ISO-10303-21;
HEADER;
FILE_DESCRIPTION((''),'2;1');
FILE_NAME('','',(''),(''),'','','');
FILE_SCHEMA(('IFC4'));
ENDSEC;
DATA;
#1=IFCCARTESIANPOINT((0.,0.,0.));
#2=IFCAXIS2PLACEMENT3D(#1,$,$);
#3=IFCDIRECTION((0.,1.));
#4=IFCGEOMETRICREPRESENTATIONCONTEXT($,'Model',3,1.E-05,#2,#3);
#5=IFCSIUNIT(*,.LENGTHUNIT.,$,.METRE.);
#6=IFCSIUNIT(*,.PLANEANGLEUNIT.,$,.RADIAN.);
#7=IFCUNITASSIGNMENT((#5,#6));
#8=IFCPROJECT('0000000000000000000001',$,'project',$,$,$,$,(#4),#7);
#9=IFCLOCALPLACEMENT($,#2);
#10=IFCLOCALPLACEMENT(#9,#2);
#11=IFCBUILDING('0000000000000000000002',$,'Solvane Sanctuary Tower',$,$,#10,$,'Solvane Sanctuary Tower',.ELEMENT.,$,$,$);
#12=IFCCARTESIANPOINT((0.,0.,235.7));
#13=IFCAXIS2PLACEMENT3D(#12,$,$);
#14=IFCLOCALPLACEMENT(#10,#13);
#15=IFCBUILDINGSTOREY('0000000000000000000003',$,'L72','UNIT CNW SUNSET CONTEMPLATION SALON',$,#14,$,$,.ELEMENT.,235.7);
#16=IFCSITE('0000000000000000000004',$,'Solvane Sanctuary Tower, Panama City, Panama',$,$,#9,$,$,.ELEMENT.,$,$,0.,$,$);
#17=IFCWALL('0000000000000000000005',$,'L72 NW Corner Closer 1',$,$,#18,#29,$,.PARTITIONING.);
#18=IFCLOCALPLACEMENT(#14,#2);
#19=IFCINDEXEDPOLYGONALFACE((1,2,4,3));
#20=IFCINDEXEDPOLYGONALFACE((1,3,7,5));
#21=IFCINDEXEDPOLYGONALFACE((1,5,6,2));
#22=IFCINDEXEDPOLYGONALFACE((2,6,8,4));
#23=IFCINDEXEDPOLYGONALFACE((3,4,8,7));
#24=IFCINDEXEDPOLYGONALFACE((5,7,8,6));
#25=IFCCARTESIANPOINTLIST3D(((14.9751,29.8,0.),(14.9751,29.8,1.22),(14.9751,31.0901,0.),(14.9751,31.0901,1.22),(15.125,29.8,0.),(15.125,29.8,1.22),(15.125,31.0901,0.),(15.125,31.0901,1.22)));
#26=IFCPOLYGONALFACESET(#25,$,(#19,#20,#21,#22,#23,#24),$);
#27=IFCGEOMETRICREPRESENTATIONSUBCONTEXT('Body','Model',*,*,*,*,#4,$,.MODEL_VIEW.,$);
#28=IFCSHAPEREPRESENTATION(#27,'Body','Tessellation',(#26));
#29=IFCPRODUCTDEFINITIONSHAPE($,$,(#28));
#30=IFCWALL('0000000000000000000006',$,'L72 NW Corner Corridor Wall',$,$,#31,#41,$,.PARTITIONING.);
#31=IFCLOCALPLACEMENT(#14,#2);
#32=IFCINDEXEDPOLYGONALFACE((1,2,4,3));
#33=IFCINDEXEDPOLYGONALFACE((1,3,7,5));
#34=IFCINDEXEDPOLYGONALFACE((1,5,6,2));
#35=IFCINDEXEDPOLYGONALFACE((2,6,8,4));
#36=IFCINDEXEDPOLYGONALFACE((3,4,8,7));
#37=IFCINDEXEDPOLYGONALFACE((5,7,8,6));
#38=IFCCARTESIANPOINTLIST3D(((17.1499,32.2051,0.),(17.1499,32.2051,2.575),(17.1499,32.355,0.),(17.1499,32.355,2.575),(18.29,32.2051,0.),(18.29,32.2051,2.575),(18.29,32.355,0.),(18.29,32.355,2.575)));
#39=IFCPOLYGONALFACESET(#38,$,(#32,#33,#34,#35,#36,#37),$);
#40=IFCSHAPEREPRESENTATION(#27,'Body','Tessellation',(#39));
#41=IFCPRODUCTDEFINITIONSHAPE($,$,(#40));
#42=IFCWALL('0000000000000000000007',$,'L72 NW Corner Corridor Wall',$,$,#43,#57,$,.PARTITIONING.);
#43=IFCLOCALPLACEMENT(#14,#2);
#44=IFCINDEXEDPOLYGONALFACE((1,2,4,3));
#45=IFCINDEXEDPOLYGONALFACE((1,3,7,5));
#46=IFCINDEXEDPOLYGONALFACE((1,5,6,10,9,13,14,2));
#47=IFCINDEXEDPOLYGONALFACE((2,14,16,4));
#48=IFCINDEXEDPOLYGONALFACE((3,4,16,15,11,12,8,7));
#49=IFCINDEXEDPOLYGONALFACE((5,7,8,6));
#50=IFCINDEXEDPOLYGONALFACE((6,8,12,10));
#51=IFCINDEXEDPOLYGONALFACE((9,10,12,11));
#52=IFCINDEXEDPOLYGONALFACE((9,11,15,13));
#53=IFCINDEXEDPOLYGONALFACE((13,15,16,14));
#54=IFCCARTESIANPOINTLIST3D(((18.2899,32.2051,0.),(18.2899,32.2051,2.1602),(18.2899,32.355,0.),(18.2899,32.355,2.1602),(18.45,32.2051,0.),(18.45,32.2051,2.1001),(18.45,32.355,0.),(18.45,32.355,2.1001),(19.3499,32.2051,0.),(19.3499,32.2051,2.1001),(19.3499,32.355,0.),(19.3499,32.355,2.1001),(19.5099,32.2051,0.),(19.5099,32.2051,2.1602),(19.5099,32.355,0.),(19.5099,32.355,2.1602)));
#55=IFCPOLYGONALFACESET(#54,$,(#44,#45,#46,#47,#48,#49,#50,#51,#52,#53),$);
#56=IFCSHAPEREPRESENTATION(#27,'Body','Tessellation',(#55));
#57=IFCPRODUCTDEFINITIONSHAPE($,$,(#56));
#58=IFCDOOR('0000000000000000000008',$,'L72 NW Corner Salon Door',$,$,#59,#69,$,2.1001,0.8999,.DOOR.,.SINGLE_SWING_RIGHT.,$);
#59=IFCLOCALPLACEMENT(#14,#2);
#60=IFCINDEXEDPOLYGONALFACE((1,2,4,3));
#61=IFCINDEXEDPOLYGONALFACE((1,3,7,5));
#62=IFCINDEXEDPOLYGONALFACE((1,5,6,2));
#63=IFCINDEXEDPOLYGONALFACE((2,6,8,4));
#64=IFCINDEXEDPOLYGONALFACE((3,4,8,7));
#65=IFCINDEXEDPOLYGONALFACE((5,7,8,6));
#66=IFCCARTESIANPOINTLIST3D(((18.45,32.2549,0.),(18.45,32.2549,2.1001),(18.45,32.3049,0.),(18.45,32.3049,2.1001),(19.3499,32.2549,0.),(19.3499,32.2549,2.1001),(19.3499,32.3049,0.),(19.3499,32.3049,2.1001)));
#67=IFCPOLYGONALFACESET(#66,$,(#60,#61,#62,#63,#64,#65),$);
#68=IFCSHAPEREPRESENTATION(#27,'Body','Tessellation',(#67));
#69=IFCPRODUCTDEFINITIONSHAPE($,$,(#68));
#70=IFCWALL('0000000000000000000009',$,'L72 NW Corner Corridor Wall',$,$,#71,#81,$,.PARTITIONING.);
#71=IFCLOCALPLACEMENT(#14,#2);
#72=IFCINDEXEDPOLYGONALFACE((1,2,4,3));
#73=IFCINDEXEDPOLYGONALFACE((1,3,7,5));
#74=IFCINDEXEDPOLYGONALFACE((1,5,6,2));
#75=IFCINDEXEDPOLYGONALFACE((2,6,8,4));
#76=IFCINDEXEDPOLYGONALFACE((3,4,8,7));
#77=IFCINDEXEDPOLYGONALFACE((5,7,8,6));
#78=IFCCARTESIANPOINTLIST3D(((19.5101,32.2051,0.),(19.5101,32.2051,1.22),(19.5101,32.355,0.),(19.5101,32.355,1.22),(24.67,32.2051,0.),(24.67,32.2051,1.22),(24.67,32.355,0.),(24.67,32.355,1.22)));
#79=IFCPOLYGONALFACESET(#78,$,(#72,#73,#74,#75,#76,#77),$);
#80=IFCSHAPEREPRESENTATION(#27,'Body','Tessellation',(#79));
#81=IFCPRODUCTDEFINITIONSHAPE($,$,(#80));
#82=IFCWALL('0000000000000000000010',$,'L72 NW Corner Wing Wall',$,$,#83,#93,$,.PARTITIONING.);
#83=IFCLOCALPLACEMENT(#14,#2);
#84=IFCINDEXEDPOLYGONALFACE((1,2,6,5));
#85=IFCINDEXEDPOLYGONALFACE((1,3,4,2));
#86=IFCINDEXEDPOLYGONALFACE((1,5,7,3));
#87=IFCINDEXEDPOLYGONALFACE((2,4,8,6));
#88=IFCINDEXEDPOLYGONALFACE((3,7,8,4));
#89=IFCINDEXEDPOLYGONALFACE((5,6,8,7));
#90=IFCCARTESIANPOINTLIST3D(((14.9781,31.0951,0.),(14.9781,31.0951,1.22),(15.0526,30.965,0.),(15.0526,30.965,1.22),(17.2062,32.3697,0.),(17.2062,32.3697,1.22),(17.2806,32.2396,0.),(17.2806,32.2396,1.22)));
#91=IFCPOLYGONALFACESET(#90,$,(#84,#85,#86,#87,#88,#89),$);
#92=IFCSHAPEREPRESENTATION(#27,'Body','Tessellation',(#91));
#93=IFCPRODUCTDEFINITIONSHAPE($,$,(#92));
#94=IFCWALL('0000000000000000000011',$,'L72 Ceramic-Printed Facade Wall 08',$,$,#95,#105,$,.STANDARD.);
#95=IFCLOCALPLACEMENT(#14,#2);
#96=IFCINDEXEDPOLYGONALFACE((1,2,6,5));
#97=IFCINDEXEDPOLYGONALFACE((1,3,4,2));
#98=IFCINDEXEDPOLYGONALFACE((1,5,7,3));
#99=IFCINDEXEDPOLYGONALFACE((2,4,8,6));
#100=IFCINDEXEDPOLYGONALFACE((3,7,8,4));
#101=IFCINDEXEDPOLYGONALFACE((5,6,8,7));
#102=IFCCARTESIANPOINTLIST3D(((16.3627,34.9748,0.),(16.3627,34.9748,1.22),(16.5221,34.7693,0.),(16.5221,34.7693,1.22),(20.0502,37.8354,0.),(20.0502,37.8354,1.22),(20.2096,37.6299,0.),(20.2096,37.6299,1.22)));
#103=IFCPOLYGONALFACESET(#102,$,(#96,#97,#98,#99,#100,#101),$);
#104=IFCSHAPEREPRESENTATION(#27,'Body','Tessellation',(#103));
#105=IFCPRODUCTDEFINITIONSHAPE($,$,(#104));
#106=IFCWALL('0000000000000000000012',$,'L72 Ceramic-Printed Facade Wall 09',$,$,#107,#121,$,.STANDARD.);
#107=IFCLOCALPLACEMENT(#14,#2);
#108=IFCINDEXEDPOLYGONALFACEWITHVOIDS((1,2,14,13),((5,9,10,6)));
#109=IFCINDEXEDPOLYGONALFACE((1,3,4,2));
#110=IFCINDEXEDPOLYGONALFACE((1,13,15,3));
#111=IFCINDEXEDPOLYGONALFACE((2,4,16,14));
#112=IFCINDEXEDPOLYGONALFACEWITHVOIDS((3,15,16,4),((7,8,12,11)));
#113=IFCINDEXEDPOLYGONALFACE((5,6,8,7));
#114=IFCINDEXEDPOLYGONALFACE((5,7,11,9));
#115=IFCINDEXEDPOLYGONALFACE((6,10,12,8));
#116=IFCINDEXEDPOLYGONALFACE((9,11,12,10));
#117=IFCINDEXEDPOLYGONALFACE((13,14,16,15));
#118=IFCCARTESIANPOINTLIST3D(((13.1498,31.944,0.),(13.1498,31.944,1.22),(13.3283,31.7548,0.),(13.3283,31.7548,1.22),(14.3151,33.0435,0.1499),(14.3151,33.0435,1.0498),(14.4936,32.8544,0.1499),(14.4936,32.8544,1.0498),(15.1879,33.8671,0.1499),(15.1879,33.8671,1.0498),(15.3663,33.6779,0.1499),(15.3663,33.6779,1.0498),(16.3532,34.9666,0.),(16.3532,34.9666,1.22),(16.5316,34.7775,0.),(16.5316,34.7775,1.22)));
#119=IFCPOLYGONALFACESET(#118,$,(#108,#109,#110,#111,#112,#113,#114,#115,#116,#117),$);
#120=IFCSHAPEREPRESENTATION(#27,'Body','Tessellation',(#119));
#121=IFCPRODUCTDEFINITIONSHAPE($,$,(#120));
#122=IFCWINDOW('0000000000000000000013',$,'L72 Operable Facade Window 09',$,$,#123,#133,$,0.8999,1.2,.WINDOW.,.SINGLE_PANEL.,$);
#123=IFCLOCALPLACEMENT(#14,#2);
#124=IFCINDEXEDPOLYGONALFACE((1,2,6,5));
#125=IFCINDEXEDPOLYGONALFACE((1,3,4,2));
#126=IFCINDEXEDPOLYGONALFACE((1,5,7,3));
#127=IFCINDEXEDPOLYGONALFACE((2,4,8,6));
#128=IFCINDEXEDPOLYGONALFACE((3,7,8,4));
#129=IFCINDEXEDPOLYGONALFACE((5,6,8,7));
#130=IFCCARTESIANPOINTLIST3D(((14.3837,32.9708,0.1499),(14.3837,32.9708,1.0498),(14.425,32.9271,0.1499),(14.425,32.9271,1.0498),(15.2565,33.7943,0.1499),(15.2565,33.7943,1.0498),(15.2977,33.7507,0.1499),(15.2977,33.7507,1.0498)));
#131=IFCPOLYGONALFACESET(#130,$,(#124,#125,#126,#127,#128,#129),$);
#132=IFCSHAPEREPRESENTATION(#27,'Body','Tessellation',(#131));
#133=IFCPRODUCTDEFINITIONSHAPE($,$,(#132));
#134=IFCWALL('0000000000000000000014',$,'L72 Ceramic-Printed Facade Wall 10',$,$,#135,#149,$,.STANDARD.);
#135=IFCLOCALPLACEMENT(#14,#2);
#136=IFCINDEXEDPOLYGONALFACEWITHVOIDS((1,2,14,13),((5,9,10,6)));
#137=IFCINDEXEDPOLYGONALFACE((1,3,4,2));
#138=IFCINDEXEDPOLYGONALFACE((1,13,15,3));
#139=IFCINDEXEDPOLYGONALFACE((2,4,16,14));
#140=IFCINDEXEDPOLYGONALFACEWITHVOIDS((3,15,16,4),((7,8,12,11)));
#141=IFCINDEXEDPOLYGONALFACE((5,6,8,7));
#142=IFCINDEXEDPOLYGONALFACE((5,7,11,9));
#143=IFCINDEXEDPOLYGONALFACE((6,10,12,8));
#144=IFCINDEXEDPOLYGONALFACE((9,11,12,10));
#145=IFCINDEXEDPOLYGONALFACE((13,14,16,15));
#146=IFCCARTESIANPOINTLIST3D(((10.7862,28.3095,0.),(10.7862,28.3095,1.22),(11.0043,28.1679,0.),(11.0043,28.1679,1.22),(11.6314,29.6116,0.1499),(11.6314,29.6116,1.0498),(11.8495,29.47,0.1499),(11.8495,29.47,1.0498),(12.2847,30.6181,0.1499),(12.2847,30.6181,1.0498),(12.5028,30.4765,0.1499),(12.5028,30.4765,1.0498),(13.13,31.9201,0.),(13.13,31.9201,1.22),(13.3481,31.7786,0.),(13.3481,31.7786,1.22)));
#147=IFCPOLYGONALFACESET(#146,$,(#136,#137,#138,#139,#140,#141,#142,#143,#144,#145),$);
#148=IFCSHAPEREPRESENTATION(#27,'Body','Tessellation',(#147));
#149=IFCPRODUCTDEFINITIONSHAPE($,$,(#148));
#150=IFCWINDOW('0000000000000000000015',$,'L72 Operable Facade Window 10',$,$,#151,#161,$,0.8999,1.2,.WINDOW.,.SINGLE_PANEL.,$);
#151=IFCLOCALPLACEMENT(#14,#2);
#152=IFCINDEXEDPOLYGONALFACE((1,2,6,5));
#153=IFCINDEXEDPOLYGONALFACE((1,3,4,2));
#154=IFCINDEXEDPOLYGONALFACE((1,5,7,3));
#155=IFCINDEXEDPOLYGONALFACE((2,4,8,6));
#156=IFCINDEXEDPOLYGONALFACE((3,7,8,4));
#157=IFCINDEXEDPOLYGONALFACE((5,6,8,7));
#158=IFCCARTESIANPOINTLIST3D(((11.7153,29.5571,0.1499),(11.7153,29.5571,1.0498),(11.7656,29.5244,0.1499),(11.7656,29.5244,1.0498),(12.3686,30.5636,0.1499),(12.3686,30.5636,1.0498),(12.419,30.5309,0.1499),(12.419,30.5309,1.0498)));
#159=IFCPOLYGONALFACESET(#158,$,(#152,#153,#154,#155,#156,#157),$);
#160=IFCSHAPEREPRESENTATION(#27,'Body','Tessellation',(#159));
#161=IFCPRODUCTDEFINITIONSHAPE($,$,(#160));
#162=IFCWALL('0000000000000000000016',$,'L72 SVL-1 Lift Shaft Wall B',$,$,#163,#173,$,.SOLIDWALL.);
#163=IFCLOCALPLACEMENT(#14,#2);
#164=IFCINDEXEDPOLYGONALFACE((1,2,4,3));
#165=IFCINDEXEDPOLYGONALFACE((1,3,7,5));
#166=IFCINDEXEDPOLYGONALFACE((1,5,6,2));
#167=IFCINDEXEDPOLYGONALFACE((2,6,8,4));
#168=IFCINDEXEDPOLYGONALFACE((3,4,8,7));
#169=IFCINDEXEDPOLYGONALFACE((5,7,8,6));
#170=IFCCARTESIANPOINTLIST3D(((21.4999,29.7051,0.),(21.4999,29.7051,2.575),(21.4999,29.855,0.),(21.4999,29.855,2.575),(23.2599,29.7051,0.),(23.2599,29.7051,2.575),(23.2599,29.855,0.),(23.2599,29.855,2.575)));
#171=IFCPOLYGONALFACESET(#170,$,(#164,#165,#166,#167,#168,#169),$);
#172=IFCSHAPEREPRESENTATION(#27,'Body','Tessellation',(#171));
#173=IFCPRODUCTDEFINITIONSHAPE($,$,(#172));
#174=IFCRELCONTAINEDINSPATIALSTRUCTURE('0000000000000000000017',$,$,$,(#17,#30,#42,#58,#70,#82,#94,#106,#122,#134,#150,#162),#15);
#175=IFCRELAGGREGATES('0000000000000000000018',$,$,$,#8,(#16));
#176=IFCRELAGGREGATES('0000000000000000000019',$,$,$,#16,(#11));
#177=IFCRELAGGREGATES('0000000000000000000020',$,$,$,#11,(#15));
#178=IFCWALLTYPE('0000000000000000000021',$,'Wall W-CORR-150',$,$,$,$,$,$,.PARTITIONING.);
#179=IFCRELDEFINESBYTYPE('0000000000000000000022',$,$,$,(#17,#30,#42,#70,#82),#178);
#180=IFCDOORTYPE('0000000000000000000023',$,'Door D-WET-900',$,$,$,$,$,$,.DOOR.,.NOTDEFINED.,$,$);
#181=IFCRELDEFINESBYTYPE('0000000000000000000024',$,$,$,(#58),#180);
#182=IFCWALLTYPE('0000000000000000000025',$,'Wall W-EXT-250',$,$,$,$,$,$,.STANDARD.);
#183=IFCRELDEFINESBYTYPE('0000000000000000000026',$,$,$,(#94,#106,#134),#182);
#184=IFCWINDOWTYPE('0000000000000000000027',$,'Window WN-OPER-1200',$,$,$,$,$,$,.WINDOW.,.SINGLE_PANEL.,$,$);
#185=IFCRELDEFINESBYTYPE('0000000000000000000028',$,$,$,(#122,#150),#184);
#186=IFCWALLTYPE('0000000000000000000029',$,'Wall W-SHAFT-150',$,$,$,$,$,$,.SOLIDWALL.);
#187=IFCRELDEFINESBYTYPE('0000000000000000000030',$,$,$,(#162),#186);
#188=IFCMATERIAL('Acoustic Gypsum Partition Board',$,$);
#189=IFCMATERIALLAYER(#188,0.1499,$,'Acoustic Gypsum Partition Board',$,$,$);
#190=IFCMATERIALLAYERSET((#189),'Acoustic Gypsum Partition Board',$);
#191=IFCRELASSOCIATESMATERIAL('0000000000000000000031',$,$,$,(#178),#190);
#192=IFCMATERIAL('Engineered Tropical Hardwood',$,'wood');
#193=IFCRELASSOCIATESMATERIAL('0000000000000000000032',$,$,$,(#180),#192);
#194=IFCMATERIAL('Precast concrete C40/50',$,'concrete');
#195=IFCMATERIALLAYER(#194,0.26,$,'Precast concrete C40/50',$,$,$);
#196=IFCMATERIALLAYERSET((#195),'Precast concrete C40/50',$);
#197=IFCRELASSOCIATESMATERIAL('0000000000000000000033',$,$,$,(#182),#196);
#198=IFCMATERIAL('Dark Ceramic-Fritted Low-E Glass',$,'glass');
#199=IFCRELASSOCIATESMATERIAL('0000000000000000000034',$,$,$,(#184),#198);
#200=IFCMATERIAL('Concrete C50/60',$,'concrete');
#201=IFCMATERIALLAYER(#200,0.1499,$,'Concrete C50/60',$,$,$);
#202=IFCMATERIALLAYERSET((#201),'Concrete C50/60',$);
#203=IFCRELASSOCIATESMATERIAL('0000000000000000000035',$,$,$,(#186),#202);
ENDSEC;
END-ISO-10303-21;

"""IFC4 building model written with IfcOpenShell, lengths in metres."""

from ifc_helpers import new_model, si_unit, direction, frame, frame_2d, origin, place, context, subcontext, project, spatial, rectangle, extrude, material, layer, layer_set, type_object, element, fill, save


model = new_model("IFC4")

# Units and contexts
model_context = context("Model", 3, precision=1e-05, world=origin(), true_north=direction((0.0, 1.0)))
body_context = subcontext(model_context, "Body", "Model", "MODEL_VIEW")
ifc_project = project(units=[si_unit("LENGTHUNIT", "METRE"), si_unit("PLANEANGLEUNIT", "RADIAN")], contexts=[model_context])

# Site, building, storey
site_placement = place(None, origin())
site = spatial("IfcSite", under=ifc_project, at=site_placement, Name="Solvane Sanctuary Tower, Panama City, Panama", CompositionType="ELEMENT", RefElevation=0.0)
building_placement = place(site_placement, origin())
building = spatial("IfcBuilding", under=site, at=building_placement, Name="Solvane Sanctuary Tower", LongName="Solvane Sanctuary Tower", CompositionType="ELEMENT")
storey_placement = place(building_placement, frame((0.0, 0.0, 235.7)))
storey = spatial("IfcBuildingStorey", under=building, at=storey_placement, Name="L72", Description="UNIT CNW SUNSET CONTEMPLATION SALON", CompositionType="ELEMENT", Elevation=235.7)

# Shared definitions
ifc_material_1 = material(Name="Concrete C50/60", Category="concrete")

# Shared definitions
ifc_material_2 = material(Name="Dark Ceramic-Fritted Low-E Glass", Category="glass")

# Walls
ifc_material_3 = material(Name="Acoustic Gypsum Partition Board")
ifc_layer_1 = layer(ifc_material_3, 0.1499, Name="Acoustic Gypsum Partition Board")
ifc_layer_set_1 = layer_set([ifc_layer_1], Name="Acoustic Gypsum Partition Board")
wall_type_1 = type_object("IfcWallType", Name="Wall W-CORR-150", PredefinedType="PARTITIONING", material=ifc_layer_set_1)
wall_1_placement = place(storey_placement, frame((15.05, 29.8, 0.0), z_axis=(0.0, 0.0, 1.0), x_axis=(0.0, 1.0, 0.0)))
element("IfcWall", 1, at=wall_1_placement, inside=storey, type_object=wall_type_1, Name="L72 NW Corner Closer 1", PredefinedType="PARTITIONING", context=body_context, shape_type="SweptSolid", body=[
    extrude(rectangle(XDim=1.29, YDim=0.1499, at=frame_2d((0.645, 0.0))), origin(), (0.0, 0.0, 1.0), 1.22),
])
wall_2_placement = place(storey_placement, frame((17.1499, 32.28, 0.0), z_axis=(0.0, 0.0, 1.0), x_axis=(1.0, 0.0, 0.0)))
element("IfcWall", 2, at=wall_2_placement, inside=storey, type_object=wall_type_1, Name="L72 NW Corner Corridor Wall", PredefinedType="PARTITIONING", context=body_context, shape_type="SweptSolid", body=[
    extrude(rectangle(XDim=1.1401, YDim=0.1499, at=frame_2d((0.5701, 0.0))), origin(), (0.0, 0.0, 1.0), 2.575),
])

# Wall, opening, door
wall_3_placement = place(storey_placement, frame((18.29, 32.28, 0.0), z_axis=(0.0, 0.0, 1.0), x_axis=(1.0, 0.0, 0.0)))
wall_3 = element("IfcWall", 3, at=wall_3_placement, inside=storey, type_object=wall_type_1, Name="L72 NW Corner Corridor Wall", PredefinedType="PARTITIONING", context=body_context, shape_type="SweptSolid", body=[
    extrude(rectangle(XDim=1.22, YDim=0.1499, at=frame_2d((0.6099, 0.0))), origin(), (0.0, 0.0, 1.0), 2.1602),
])
opening_1_placement = place(wall_3_placement, frame((0.1599, 0.0, 0.0)))
opening_1 = element("IfcOpeningElement", 4, at=opening_1_placement, cuts=wall_3, PredefinedType="OPENING", context=body_context, shape_type="SweptSolid", body=[
    extrude(rectangle(XDim=0.8999, YDim=2.1001, at=frame_2d((0.45, 1.05))), frame((0.0, 0.085, 0.0), z_axis=(0.0, -1.0, 0.0), x_axis=(1.0, 0.0, 0.0)), (0.0, 0.0, 1.0), 0.1699),
])
ifc_material_4 = material(Name="Engineered Tropical Hardwood", Category="wood")
door_type_1 = type_object("IfcDoorType", Name="Door D-WET-900", OperationType="NOTDEFINED", PredefinedType="DOOR", material=ifc_material_4)
door_1_placement = place(opening_1_placement, origin())
door_1 = element("IfcDoor", 5, at=door_1_placement, inside=storey, type_object=door_type_1, Name="L72 NW Corner Salon Door", OperationType="SINGLE_SWING_RIGHT", OverallHeight=2.1001, OverallWidth=0.8999, PredefinedType="DOOR", context=body_context, shape_type="SweptSolid", body=[
    extrude(rectangle(XDim=0.8999, YDim=2.1001, at=frame_2d((0.45, 1.05))), frame((0.0, 0.0249, 0.0), z_axis=(0.0, -1.0, 0.0), x_axis=(1.0, 0.0, 0.0)), (0.0, 0.0, 1.0), 0.05),
])
fill(opening_1, door_1)

# Walls
wall_4_placement = place(storey_placement, frame((19.51, 32.28, 0.0), z_axis=(0.0, 0.0, 1.0), x_axis=(1.0, 0.0, 0.0)))
element("IfcWall", 6, at=wall_4_placement, inside=storey, type_object=wall_type_1, Name="L72 NW Corner Corridor Wall", PredefinedType="PARTITIONING", context=body_context, shape_type="SweptSolid", body=[
    extrude(rectangle(XDim=5.1599, YDim=0.1499, at=frame_2d((2.5801, 0.0))), origin(), (0.0, 0.0, 1.0), 1.22),
])
wall_5_placement = place(storey_placement, frame((17.2434, 32.3047, 0.0), z_axis=(0.0, 0.0, 1.0), x_axis=(-0.867991, -0.496579, 0.0)))
element("IfcWall", 7, at=wall_5_placement, inside=storey, type_object=wall_type_1, Name="L72 NW Corner Wing Wall", PredefinedType="PARTITIONING", context=body_context, shape_type="SweptSolid", body=[
    extrude(rectangle(XDim=2.5669, YDim=0.1499, at=frame_2d((1.2834, 0.0))), origin(), (0.0, 0.0, 1.0), 1.22),
])
ifc_material_5 = material(Name="Precast concrete C40/50", Category="concrete")
ifc_layer_2 = layer(ifc_material_5, 0.26, Name="Precast concrete C40/50")
ifc_layer_set_2 = layer_set([ifc_layer_2], Name="Precast concrete C40/50")
wall_type_2 = type_object("IfcWallType", Name="Wall W-EXT-250", PredefinedType="STANDARD", material=ifc_layer_set_2)
wall_6_placement = place(storey_placement, frame((20.1299, 37.7327, 0.0), z_axis=(0.0, 0.0, 1.0), x_axis=(-0.790126, -0.612944, 0.0)))
element("IfcWall", 8, at=wall_6_placement, inside=storey, type_object=wall_type_2, Name="L72 Ceramic-Printed Facade Wall 08", PredefinedType="STANDARD", context=body_context, shape_type="SweptSolid", body=[
    extrude(rectangle(XDim=4.667, YDim=0.26, at=frame_2d((2.3335, 0.0))), origin(), (0.0, 0.0, 1.0), 1.22),
])

# Walls, openings, windows
wall_7_placement = place(storey_placement, frame((16.4424, 34.8721, 0.0), z_axis=(0.0, 0.0, 1.0), x_axis=(-0.727319, -0.6863, 0.0)))
wall_7 = element("IfcWall", 9, at=wall_7_placement, inside=storey, type_object=wall_type_2, Name="L72 Ceramic-Printed Facade Wall 09", PredefinedType="STANDARD", context=body_context, shape_type="SweptSolid", body=[
    extrude(rectangle(XDim=4.4043, YDim=0.26, at=frame_2d((2.2021, 0.0))), origin(), (0.0, 0.0, 1.0), 1.22),
])
opening_2_placement = place(wall_7_placement, frame((1.6021, 0.0, 0.1499)))
opening_2 = element("IfcOpeningElement", 10, at=opening_2_placement, cuts=wall_7, PredefinedType="OPENING", context=body_context, shape_type="SweptSolid", body=[
    extrude(rectangle(XDim=1.2, YDim=0.8999, at=frame_2d((0.6001, 0.45))), frame((0.0, 0.1399, 0.0), z_axis=(0.0, -1.0, 0.0), x_axis=(1.0, 0.0, 0.0)), (0.0, 0.0, 1.0), 0.28),
])
window_type = type_object("IfcWindowType", Name="Window WN-OPER-1200", PartitioningType="SINGLE_PANEL", PredefinedType="WINDOW", material=ifc_material_2)
window_1_placement = place(opening_2_placement, origin())
window_1 = element("IfcWindow", 11, at=window_1_placement, inside=storey, type_object=window_type, Name="L72 Operable Facade Window 09", OverallHeight=0.8999, OverallWidth=1.2, PartitioningType="SINGLE_PANEL", PredefinedType="WINDOW", context=body_context, shape_type="SweptSolid", body=[
    extrude(rectangle(XDim=1.2, YDim=0.8999, at=frame_2d((0.6001, 0.45))), frame((0.0, 0.03, 0.0), z_axis=(0.0, -1.0, 0.0), x_axis=(1.0, 0.0, 0.0)), (0.0, 0.0, 1.0), 0.0601),
])
fill(opening_2, window_1)
wall_8_placement = place(storey_placement, frame((13.239, 31.8494, 0.0), z_axis=(0.0, 0.0, 1.0), x_axis=(-0.544476, -0.838776, 0.0)))
wall_8 = element("IfcWall", 12, at=wall_8_placement, inside=storey, type_object=wall_type_2, Name="L72 Ceramic-Printed Facade Wall 10", PredefinedType="STANDARD", context=body_context, shape_type="SweptSolid", body=[
    extrude(rectangle(XDim=4.3047, YDim=0.26, at=frame_2d((2.1523, 0.0))), origin(), (0.0, 0.0, 1.0), 1.22),
])
opening_3_placement = place(wall_8_placement, frame((1.5522, 0.0, 0.1499)))
opening_3 = element("IfcOpeningElement", 13, at=opening_3_placement, cuts=wall_8, PredefinedType="OPENING", context=body_context, shape_type="SweptSolid", body=[
    extrude(rectangle(XDim=1.2, YDim=0.8999, at=frame_2d((0.6001, 0.45))), frame((0.0, 0.1399, 0.0), z_axis=(0.0, -1.0, 0.0), x_axis=(1.0, 0.0, 0.0)), (0.0, 0.0, 1.0), 0.28),
])
window_2_placement = place(opening_3_placement, origin())
window_2 = element("IfcWindow", 14, at=window_2_placement, inside=storey, type_object=window_type, Name="L72 Operable Facade Window 10", OverallHeight=0.8999, OverallWidth=1.2, PartitioningType="SINGLE_PANEL", PredefinedType="WINDOW", context=body_context, shape_type="SweptSolid", body=[
    extrude(rectangle(XDim=1.2, YDim=0.8999, at=frame_2d((0.6001, 0.45))), frame((0.0, 0.03, 0.0), z_axis=(0.0, -1.0, 0.0), x_axis=(1.0, 0.0, 0.0)), (0.0, 0.0, 1.0), 0.0601),
])
fill(opening_3, window_2)

# Wall
ifc_layer_3 = layer(ifc_material_1, 0.1499, Name="Concrete C50/60")
ifc_layer_set_3 = layer_set([ifc_layer_3], Name="Concrete C50/60")
wall_type_3 = type_object("IfcWallType", Name="Wall W-SHAFT-150", PredefinedType="SOLIDWALL", material=ifc_layer_set_3)
wall_9_placement = place(storey_placement, frame((21.5, 29.78, 0.0), z_axis=(0.0, 0.0, 1.0), x_axis=(1.0, 0.0, 0.0)))
element("IfcWall", 15, at=wall_9_placement, inside=storey, type_object=wall_type_3, Name="L72 SVL-1 Lift Shaft Wall B", PredefinedType="SOLIDWALL", context=body_context, shape_type="SweptSolid", body=[
    extrude(rectangle(XDim=1.76, YDim=0.1499, at=frame_2d((0.8799, 0.0))), origin(), (0.0, 0.0, 1.0), 2.575),
])

save(model, "model.ifc")
